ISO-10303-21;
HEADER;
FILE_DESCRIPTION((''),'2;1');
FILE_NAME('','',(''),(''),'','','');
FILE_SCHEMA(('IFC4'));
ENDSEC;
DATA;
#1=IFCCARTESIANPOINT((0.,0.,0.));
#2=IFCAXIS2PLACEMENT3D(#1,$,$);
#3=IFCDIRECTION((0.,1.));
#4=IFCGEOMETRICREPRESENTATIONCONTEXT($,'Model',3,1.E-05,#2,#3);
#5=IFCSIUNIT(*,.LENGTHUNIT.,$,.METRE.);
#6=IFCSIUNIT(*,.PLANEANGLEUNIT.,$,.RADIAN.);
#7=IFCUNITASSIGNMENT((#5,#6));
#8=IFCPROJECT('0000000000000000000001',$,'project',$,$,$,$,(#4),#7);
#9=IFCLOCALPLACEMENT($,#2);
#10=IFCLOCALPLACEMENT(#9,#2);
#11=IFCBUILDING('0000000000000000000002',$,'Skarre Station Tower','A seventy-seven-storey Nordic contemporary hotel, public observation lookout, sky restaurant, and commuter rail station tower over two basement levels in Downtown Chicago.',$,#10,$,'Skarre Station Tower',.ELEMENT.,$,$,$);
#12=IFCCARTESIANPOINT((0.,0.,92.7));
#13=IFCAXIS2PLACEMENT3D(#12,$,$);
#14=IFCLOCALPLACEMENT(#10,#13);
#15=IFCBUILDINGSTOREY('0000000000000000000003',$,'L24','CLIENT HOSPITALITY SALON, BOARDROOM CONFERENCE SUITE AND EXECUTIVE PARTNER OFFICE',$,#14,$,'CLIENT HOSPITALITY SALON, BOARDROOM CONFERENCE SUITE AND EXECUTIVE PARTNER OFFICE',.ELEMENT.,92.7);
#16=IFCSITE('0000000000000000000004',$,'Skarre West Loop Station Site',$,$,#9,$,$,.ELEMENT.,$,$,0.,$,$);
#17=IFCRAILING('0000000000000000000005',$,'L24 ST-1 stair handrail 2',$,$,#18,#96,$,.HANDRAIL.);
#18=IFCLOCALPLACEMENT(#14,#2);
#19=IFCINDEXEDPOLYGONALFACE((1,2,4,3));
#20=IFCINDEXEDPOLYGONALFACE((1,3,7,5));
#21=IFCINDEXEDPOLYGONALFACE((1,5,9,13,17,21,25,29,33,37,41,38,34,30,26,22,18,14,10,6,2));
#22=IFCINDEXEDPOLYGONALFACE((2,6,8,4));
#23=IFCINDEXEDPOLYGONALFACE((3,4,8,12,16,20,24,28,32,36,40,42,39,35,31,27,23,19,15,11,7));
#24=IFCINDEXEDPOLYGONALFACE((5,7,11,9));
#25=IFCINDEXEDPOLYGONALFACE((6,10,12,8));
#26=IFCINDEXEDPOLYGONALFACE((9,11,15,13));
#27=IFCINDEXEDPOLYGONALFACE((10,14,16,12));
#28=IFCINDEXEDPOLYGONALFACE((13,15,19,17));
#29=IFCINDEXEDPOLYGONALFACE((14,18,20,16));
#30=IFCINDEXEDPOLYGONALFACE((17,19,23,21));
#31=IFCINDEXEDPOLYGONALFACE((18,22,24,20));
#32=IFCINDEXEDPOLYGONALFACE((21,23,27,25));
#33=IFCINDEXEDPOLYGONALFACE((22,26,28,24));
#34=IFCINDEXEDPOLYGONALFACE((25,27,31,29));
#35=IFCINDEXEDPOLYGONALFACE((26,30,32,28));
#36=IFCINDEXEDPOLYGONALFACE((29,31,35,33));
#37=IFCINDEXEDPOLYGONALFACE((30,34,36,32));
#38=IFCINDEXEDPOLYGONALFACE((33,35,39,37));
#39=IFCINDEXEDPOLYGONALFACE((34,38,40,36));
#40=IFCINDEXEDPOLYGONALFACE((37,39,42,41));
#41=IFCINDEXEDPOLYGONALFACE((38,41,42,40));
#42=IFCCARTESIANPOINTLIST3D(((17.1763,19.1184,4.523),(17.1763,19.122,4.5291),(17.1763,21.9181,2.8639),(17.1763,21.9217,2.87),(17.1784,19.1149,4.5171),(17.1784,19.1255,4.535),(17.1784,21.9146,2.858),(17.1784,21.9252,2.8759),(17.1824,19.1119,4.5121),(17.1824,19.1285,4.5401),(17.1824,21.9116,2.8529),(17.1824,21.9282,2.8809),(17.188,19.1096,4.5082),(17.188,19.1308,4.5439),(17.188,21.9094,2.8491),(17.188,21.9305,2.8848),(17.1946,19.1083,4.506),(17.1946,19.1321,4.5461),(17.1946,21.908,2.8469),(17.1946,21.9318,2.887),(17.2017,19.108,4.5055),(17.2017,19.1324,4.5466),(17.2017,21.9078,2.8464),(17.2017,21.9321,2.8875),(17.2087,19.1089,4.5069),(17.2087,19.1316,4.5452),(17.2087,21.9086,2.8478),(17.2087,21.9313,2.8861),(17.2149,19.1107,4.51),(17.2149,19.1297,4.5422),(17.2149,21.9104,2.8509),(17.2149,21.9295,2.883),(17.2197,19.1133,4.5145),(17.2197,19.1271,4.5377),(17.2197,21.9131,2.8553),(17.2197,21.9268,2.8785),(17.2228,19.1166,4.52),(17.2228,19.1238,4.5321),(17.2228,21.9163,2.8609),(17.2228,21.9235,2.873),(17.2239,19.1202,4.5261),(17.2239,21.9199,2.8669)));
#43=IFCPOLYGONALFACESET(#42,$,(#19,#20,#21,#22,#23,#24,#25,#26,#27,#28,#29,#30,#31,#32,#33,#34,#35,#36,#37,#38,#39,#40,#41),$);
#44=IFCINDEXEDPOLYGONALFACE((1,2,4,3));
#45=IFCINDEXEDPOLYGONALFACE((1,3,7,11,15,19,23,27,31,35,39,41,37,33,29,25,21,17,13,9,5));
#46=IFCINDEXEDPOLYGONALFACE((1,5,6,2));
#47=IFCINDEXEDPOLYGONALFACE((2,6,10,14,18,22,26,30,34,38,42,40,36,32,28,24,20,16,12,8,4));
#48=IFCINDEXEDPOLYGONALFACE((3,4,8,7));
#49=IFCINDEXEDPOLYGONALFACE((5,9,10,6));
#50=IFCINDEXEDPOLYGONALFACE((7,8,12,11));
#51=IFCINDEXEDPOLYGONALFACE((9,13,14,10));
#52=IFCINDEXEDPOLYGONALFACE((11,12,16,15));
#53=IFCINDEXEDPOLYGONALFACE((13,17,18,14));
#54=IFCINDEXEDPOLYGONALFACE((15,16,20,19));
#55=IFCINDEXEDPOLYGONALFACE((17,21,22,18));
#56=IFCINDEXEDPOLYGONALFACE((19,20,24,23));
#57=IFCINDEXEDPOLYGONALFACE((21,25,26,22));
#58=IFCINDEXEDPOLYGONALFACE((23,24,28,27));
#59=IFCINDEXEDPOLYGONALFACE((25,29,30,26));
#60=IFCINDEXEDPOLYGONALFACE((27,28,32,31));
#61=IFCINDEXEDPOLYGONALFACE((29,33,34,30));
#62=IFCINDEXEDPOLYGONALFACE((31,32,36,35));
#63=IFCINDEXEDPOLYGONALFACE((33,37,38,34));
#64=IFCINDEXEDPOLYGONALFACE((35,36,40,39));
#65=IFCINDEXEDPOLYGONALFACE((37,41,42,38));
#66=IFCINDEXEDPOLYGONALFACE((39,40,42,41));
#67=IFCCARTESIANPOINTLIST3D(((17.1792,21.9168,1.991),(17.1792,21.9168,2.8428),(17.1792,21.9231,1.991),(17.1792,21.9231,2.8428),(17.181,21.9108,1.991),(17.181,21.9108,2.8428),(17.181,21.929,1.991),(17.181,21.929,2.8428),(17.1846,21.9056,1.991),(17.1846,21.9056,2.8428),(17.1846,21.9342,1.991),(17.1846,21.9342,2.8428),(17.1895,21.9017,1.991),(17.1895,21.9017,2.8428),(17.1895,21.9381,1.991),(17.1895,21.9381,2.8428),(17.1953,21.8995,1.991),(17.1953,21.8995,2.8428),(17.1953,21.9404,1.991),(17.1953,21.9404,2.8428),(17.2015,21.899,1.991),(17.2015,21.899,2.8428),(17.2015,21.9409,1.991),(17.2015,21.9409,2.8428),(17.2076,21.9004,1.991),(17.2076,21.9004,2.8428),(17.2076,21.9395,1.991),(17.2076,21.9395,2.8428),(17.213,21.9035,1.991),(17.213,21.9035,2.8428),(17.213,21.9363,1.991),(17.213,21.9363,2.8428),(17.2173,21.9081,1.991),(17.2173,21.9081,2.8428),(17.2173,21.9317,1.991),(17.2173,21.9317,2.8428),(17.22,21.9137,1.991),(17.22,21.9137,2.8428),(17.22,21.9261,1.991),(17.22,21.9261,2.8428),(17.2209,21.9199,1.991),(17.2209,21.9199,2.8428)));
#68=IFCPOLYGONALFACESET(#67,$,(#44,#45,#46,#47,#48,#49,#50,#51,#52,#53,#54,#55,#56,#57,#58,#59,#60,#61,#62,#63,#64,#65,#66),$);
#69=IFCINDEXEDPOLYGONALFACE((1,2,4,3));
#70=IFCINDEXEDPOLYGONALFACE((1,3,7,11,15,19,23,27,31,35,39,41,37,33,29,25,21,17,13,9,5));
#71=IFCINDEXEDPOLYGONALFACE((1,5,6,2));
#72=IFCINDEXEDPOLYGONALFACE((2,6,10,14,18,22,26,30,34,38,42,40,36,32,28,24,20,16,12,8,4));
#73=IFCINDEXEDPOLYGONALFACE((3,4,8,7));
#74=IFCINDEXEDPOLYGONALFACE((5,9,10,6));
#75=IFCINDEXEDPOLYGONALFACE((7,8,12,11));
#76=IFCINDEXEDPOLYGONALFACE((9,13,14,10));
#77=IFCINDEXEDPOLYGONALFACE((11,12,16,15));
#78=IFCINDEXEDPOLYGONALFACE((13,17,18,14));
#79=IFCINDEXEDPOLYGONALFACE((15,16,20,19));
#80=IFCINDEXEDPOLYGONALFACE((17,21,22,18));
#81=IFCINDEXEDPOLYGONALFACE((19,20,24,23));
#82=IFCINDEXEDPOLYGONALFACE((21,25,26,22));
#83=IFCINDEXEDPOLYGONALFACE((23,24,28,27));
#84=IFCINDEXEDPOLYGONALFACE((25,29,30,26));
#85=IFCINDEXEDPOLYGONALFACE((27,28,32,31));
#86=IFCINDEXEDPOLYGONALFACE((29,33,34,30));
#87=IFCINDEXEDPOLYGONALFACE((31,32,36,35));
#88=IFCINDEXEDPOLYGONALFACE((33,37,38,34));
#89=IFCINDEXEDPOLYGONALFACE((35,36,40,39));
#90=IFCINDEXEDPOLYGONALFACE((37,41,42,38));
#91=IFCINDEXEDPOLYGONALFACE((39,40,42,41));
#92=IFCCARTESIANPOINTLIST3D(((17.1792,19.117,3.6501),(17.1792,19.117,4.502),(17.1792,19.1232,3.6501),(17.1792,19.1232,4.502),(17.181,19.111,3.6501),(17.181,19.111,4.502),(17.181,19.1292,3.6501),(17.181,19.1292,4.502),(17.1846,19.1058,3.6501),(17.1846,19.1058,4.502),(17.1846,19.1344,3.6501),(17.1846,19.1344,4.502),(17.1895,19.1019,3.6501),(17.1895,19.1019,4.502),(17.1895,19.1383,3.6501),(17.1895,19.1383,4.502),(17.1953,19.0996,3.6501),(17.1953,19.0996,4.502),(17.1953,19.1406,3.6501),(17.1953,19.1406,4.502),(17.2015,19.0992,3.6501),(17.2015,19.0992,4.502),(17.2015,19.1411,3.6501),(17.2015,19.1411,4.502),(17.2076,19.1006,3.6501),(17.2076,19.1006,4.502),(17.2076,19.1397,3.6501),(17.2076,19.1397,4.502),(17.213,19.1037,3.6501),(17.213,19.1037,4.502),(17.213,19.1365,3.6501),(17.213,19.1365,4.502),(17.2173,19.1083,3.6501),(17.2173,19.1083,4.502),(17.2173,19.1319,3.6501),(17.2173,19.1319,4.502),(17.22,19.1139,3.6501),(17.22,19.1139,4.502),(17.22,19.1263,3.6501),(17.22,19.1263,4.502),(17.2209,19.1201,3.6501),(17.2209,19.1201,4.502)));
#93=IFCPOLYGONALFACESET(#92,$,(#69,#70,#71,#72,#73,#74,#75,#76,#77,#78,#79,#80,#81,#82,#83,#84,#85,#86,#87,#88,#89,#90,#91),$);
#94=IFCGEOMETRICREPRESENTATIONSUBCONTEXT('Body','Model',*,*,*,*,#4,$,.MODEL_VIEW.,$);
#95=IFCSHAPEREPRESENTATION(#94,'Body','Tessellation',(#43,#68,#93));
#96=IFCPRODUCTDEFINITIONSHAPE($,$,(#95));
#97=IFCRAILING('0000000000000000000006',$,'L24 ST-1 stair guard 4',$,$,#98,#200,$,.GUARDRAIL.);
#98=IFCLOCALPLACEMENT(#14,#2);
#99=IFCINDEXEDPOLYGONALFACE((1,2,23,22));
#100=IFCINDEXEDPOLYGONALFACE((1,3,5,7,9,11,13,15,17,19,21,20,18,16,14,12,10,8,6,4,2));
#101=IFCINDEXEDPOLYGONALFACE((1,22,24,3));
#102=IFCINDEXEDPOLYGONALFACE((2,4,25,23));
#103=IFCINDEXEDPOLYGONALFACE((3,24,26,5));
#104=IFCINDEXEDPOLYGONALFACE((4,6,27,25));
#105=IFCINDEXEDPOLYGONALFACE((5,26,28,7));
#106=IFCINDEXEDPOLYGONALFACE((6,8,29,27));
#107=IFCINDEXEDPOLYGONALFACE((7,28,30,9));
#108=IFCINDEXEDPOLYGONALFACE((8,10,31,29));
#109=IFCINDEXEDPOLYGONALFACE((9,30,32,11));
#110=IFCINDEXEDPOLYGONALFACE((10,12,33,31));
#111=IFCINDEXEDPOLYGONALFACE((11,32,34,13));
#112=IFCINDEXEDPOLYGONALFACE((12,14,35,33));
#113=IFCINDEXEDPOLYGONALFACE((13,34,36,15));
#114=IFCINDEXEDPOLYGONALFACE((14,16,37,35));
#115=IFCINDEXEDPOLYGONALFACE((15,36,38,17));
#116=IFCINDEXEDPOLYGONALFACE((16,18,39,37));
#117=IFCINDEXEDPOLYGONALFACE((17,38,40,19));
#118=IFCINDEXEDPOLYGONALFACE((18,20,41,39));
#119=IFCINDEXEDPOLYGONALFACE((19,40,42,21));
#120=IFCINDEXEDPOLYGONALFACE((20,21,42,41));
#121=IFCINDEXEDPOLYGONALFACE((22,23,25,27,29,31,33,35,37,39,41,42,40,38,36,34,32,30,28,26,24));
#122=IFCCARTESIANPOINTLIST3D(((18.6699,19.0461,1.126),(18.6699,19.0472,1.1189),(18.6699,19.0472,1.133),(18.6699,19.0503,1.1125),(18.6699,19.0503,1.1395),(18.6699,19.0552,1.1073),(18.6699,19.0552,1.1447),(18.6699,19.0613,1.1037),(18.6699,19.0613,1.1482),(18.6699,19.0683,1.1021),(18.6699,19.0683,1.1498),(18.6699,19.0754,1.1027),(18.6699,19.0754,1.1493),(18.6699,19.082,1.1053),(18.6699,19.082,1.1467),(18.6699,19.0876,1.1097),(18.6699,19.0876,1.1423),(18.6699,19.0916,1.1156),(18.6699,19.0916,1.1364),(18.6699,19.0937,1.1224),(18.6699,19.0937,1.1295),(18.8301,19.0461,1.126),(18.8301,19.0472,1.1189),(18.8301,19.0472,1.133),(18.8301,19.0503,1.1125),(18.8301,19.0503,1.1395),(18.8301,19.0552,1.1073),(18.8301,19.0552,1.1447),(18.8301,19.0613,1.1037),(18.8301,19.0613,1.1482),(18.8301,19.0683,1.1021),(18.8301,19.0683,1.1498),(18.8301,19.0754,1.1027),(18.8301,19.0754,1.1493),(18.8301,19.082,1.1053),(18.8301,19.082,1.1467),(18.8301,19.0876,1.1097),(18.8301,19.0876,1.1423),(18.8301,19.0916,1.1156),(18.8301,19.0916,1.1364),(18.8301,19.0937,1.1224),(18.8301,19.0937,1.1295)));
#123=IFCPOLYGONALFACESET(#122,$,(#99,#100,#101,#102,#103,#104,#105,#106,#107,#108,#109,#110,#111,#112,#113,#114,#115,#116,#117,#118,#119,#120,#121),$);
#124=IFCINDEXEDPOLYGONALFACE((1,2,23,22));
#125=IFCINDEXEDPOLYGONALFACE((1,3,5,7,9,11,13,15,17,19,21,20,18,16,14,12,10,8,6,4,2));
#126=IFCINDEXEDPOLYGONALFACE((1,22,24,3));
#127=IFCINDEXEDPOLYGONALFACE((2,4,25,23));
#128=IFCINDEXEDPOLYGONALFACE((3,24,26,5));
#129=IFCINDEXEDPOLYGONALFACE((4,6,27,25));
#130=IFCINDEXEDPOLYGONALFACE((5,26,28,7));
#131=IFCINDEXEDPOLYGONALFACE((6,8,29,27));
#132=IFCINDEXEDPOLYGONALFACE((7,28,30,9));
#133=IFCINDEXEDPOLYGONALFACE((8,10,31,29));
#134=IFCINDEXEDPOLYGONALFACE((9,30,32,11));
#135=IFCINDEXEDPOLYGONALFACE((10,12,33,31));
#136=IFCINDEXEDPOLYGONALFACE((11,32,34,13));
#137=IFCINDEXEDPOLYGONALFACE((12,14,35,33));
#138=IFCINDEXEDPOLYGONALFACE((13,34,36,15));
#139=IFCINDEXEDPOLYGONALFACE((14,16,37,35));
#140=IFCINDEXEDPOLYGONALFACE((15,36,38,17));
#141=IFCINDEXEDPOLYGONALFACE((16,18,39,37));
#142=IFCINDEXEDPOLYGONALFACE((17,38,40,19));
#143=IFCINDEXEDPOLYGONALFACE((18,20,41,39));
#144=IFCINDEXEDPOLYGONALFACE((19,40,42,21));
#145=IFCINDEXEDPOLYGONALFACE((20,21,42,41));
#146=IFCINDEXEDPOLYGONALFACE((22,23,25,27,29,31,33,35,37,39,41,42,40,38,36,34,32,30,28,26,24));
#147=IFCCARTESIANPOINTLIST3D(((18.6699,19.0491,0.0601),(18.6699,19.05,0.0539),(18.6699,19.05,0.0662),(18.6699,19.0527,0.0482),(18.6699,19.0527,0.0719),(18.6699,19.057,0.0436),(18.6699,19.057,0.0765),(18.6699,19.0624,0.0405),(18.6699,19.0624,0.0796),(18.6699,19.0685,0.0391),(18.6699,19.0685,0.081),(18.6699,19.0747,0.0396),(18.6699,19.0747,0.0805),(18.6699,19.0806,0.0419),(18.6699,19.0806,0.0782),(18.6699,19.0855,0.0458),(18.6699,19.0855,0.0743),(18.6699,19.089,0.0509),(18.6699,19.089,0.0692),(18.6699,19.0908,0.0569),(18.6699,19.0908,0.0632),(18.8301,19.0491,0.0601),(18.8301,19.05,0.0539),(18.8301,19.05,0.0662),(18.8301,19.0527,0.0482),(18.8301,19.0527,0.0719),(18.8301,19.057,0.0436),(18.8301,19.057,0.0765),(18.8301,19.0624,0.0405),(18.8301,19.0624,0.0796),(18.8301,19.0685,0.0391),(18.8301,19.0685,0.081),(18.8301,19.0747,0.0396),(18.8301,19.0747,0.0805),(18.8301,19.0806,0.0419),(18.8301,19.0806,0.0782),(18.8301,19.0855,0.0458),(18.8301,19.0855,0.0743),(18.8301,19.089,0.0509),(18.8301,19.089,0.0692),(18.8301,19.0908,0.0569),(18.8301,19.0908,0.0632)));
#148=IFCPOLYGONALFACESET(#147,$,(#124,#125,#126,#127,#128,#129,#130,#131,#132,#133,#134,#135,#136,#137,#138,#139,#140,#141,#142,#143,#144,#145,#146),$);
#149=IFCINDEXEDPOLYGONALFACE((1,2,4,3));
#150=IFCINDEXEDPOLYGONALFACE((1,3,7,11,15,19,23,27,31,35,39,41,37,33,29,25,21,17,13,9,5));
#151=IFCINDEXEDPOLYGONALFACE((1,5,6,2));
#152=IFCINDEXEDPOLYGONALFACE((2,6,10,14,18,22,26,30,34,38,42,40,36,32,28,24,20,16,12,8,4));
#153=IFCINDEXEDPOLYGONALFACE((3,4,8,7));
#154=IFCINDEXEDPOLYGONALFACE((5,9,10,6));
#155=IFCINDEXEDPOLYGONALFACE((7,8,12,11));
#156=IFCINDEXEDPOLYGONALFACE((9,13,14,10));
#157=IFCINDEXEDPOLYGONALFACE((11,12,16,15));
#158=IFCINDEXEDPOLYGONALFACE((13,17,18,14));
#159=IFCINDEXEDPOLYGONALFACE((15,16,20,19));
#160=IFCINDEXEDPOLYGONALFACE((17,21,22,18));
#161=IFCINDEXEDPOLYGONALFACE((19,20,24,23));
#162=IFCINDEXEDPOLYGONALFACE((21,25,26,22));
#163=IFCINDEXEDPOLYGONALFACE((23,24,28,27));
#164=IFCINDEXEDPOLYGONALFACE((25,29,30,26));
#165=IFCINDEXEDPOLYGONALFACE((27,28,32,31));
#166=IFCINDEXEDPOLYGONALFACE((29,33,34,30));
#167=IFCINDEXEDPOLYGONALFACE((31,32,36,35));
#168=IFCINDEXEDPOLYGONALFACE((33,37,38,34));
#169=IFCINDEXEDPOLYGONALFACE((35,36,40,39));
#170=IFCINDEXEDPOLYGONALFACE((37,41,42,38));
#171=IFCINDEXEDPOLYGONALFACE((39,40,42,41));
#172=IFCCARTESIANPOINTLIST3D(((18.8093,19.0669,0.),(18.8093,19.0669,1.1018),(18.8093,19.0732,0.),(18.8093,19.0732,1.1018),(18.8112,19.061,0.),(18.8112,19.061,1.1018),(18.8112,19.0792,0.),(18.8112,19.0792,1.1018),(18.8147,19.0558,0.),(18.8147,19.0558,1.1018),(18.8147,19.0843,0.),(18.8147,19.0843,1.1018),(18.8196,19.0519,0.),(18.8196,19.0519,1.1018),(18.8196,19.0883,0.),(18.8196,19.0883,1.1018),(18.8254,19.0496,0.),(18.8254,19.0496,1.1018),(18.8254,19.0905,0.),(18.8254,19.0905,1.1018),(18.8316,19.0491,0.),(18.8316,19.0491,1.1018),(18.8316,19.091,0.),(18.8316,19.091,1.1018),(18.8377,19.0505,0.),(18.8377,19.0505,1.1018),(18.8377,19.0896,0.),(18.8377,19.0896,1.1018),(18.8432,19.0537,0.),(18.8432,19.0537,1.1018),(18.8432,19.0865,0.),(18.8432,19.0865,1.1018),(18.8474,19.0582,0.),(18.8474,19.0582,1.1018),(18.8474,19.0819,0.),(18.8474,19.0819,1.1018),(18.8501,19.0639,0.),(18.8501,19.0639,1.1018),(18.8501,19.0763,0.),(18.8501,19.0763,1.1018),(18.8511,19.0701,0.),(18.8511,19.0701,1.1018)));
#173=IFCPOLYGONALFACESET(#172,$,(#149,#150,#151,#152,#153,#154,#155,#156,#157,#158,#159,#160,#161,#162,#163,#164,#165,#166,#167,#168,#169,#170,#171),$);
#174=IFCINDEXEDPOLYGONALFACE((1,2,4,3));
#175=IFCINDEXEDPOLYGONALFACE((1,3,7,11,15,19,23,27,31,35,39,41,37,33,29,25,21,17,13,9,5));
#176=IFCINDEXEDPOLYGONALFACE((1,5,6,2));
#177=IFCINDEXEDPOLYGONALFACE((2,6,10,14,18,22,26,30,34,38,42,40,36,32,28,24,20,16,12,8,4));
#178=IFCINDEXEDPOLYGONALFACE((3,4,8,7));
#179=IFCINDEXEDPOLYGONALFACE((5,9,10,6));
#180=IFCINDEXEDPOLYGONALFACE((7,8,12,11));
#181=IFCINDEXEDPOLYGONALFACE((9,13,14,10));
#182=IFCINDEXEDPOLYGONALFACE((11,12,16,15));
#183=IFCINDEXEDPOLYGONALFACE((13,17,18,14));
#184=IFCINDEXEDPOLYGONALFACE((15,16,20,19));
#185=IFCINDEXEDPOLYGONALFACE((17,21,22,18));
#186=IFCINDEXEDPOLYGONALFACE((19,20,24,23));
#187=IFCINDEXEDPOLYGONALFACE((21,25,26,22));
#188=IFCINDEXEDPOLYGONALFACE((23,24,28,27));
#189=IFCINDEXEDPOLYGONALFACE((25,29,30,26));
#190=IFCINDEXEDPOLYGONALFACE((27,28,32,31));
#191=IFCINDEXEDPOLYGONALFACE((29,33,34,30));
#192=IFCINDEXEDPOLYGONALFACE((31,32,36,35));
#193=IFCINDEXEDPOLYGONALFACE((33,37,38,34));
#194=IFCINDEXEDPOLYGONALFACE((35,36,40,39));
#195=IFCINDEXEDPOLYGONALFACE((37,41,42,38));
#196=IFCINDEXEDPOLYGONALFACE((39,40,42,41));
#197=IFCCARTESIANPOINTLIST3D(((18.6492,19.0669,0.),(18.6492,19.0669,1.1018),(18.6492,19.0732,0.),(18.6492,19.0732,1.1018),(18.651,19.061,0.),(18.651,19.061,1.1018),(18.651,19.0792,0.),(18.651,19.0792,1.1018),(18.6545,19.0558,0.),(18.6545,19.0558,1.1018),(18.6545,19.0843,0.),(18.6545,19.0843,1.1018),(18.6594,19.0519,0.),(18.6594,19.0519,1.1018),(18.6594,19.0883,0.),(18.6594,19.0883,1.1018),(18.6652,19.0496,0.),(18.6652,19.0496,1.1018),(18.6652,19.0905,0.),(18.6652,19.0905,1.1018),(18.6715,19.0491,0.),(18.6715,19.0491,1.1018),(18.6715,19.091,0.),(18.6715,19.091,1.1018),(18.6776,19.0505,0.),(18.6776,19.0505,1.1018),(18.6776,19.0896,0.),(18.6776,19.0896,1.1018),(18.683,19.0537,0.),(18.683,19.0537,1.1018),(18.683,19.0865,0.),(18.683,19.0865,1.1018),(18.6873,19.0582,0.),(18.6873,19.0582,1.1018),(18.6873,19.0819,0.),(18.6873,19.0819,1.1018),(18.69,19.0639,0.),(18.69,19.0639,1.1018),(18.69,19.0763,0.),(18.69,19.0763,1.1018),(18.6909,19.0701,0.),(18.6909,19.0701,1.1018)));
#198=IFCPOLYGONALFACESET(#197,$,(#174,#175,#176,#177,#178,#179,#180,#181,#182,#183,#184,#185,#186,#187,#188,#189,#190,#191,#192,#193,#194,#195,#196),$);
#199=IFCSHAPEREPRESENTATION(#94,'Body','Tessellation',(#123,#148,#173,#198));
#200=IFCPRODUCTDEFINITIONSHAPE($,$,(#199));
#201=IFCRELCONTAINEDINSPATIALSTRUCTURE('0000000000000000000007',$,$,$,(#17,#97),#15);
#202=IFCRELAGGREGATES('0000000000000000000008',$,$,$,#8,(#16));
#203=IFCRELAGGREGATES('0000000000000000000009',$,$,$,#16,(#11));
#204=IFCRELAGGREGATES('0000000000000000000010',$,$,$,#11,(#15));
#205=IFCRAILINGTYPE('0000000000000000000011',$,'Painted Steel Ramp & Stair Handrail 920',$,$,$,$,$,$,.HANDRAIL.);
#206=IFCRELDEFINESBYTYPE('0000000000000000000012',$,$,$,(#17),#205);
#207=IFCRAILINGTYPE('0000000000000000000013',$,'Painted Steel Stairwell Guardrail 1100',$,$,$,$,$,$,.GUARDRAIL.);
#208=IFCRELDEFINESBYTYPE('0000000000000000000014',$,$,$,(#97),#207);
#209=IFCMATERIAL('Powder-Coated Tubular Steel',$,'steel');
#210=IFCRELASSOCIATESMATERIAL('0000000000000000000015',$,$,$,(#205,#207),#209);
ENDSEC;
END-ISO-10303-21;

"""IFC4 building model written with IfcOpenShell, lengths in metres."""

from ifc_helpers import new_model, si_unit, direction, frame, origin, origin_2d, place, context, subcontext, project, spatial, circle, extrude, material, type_object, element, save


model = new_model("IFC4")

# Units and contexts
model_context = context("Model", 3, precision=1e-05, world=origin(), true_north=direction((0.0, 1.0)))
body_context = subcontext(model_context, "Body", "Model", "MODEL_VIEW")
ifc_project = project(units=[si_unit("LENGTHUNIT", "METRE"), si_unit("PLANEANGLEUNIT", "RADIAN")], contexts=[model_context])

# Site, building, storey
site_placement = place(None, origin())
site = spatial("IfcSite", under=ifc_project, at=site_placement, Name="Skarre West Loop Station Site", CompositionType="ELEMENT", RefElevation=0.0)
building_placement = place(site_placement, origin())
building = spatial("IfcBuilding", under=site, at=building_placement, Name="Skarre Station Tower", Description="A seventy-seven-storey Nordic contemporary hotel, public observation lookout, sky restaurant, and commuter rail station tower over two basement levels in Downtown Chicago.", LongName="Skarre Station Tower", CompositionType="ELEMENT")
storey_placement = place(building_placement, frame((0.0, 0.0, 92.7)))
storey = spatial("IfcBuildingStorey", under=building, at=storey_placement, Name="L24", Description="CLIENT HOSPITALITY SALON, BOARDROOM CONFERENCE SUITE AND EXECUTIVE PARTNER OFFICE", LongName="CLIENT HOSPITALITY SALON, BOARDROOM CONFERENCE SUITE AND EXECUTIVE PARTNER OFFICE", CompositionType="ELEMENT", Elevation=92.7)

# Railings
ifc_material_1 = material(Name="Powder-Coated Tubular Steel", Category="steel")
railing_type_1 = type_object("IfcRailingType", Name="Painted Steel Ramp & Stair Handrail 920", PredefinedType="HANDRAIL", material=ifc_material_1)
railing_1_placement = place(storey_placement, frame((17.2, 21.9199, 1.991)))
element("IfcRailing", 1, at=railing_1_placement, inside=storey, type_object=railing_type_1, Name="L24 ST-1 stair handrail 2", PredefinedType="HANDRAIL", context=body_context, shape_type="SweptSolid", body=[
    extrude(circle(Radius=0.0239, at=origin_2d()), frame((0.0, 0.0, 0.876), z_axis=(0.0, -0.860287, 0.509811), x_axis=(1.0, 0.0, 0.0)), (0.0, 0.0, 1.0), 3.2544),
    extrude(circle(Radius=0.021, at=origin_2d()), origin(), (0.0, 0.0, 1.0), 0.8518),
    extrude(circle(Radius=0.021, at=origin_2d()), frame((0.0, -2.7998, 1.6592)), (0.0, 0.0, 1.0), 0.8518),
])
railing_type_2 = type_object("IfcRailingType", Name="Painted Steel Stairwell Guardrail 1100", PredefinedType="GUARDRAIL", material=ifc_material_1)
railing_2_placement = place(storey_placement, frame((18.8301, 19.0701, 0.0)))
element("IfcRailing", 2, at=railing_2_placement, inside=storey, type_object=railing_type_2, Name="L24 ST-1 stair guard 4", PredefinedType="GUARDRAIL", context=body_context, shape_type="SweptSolid", body=[
    extrude(circle(Radius=0.0239, at=origin_2d()), frame((0.0, 0.0, 1.126), z_axis=(-1.0, 0.0, 0.0), x_axis=(0.0, -1.0, 0.0)), (0.0, 0.0, 1.0), 0.1602),
    extrude(circle(Radius=0.021, at=origin_2d()), frame((0.0, 0.0, 0.0601), z_axis=(-1.0, 0.0, 0.0), x_axis=(0.0, -1.0, 0.0)), (0.0, 0.0, 1.0), 0.1602),
    extrude(circle(Radius=0.021, at=origin_2d()), origin(), (0.0, 0.0, 1.0), 1.1018),
    extrude(circle(Radius=0.021, at=origin_2d()), frame((-0.1602, 0.0, 0.0)), (0.0, 0.0, 1.0), 1.1018),
])

save(model, "model.ifc")
